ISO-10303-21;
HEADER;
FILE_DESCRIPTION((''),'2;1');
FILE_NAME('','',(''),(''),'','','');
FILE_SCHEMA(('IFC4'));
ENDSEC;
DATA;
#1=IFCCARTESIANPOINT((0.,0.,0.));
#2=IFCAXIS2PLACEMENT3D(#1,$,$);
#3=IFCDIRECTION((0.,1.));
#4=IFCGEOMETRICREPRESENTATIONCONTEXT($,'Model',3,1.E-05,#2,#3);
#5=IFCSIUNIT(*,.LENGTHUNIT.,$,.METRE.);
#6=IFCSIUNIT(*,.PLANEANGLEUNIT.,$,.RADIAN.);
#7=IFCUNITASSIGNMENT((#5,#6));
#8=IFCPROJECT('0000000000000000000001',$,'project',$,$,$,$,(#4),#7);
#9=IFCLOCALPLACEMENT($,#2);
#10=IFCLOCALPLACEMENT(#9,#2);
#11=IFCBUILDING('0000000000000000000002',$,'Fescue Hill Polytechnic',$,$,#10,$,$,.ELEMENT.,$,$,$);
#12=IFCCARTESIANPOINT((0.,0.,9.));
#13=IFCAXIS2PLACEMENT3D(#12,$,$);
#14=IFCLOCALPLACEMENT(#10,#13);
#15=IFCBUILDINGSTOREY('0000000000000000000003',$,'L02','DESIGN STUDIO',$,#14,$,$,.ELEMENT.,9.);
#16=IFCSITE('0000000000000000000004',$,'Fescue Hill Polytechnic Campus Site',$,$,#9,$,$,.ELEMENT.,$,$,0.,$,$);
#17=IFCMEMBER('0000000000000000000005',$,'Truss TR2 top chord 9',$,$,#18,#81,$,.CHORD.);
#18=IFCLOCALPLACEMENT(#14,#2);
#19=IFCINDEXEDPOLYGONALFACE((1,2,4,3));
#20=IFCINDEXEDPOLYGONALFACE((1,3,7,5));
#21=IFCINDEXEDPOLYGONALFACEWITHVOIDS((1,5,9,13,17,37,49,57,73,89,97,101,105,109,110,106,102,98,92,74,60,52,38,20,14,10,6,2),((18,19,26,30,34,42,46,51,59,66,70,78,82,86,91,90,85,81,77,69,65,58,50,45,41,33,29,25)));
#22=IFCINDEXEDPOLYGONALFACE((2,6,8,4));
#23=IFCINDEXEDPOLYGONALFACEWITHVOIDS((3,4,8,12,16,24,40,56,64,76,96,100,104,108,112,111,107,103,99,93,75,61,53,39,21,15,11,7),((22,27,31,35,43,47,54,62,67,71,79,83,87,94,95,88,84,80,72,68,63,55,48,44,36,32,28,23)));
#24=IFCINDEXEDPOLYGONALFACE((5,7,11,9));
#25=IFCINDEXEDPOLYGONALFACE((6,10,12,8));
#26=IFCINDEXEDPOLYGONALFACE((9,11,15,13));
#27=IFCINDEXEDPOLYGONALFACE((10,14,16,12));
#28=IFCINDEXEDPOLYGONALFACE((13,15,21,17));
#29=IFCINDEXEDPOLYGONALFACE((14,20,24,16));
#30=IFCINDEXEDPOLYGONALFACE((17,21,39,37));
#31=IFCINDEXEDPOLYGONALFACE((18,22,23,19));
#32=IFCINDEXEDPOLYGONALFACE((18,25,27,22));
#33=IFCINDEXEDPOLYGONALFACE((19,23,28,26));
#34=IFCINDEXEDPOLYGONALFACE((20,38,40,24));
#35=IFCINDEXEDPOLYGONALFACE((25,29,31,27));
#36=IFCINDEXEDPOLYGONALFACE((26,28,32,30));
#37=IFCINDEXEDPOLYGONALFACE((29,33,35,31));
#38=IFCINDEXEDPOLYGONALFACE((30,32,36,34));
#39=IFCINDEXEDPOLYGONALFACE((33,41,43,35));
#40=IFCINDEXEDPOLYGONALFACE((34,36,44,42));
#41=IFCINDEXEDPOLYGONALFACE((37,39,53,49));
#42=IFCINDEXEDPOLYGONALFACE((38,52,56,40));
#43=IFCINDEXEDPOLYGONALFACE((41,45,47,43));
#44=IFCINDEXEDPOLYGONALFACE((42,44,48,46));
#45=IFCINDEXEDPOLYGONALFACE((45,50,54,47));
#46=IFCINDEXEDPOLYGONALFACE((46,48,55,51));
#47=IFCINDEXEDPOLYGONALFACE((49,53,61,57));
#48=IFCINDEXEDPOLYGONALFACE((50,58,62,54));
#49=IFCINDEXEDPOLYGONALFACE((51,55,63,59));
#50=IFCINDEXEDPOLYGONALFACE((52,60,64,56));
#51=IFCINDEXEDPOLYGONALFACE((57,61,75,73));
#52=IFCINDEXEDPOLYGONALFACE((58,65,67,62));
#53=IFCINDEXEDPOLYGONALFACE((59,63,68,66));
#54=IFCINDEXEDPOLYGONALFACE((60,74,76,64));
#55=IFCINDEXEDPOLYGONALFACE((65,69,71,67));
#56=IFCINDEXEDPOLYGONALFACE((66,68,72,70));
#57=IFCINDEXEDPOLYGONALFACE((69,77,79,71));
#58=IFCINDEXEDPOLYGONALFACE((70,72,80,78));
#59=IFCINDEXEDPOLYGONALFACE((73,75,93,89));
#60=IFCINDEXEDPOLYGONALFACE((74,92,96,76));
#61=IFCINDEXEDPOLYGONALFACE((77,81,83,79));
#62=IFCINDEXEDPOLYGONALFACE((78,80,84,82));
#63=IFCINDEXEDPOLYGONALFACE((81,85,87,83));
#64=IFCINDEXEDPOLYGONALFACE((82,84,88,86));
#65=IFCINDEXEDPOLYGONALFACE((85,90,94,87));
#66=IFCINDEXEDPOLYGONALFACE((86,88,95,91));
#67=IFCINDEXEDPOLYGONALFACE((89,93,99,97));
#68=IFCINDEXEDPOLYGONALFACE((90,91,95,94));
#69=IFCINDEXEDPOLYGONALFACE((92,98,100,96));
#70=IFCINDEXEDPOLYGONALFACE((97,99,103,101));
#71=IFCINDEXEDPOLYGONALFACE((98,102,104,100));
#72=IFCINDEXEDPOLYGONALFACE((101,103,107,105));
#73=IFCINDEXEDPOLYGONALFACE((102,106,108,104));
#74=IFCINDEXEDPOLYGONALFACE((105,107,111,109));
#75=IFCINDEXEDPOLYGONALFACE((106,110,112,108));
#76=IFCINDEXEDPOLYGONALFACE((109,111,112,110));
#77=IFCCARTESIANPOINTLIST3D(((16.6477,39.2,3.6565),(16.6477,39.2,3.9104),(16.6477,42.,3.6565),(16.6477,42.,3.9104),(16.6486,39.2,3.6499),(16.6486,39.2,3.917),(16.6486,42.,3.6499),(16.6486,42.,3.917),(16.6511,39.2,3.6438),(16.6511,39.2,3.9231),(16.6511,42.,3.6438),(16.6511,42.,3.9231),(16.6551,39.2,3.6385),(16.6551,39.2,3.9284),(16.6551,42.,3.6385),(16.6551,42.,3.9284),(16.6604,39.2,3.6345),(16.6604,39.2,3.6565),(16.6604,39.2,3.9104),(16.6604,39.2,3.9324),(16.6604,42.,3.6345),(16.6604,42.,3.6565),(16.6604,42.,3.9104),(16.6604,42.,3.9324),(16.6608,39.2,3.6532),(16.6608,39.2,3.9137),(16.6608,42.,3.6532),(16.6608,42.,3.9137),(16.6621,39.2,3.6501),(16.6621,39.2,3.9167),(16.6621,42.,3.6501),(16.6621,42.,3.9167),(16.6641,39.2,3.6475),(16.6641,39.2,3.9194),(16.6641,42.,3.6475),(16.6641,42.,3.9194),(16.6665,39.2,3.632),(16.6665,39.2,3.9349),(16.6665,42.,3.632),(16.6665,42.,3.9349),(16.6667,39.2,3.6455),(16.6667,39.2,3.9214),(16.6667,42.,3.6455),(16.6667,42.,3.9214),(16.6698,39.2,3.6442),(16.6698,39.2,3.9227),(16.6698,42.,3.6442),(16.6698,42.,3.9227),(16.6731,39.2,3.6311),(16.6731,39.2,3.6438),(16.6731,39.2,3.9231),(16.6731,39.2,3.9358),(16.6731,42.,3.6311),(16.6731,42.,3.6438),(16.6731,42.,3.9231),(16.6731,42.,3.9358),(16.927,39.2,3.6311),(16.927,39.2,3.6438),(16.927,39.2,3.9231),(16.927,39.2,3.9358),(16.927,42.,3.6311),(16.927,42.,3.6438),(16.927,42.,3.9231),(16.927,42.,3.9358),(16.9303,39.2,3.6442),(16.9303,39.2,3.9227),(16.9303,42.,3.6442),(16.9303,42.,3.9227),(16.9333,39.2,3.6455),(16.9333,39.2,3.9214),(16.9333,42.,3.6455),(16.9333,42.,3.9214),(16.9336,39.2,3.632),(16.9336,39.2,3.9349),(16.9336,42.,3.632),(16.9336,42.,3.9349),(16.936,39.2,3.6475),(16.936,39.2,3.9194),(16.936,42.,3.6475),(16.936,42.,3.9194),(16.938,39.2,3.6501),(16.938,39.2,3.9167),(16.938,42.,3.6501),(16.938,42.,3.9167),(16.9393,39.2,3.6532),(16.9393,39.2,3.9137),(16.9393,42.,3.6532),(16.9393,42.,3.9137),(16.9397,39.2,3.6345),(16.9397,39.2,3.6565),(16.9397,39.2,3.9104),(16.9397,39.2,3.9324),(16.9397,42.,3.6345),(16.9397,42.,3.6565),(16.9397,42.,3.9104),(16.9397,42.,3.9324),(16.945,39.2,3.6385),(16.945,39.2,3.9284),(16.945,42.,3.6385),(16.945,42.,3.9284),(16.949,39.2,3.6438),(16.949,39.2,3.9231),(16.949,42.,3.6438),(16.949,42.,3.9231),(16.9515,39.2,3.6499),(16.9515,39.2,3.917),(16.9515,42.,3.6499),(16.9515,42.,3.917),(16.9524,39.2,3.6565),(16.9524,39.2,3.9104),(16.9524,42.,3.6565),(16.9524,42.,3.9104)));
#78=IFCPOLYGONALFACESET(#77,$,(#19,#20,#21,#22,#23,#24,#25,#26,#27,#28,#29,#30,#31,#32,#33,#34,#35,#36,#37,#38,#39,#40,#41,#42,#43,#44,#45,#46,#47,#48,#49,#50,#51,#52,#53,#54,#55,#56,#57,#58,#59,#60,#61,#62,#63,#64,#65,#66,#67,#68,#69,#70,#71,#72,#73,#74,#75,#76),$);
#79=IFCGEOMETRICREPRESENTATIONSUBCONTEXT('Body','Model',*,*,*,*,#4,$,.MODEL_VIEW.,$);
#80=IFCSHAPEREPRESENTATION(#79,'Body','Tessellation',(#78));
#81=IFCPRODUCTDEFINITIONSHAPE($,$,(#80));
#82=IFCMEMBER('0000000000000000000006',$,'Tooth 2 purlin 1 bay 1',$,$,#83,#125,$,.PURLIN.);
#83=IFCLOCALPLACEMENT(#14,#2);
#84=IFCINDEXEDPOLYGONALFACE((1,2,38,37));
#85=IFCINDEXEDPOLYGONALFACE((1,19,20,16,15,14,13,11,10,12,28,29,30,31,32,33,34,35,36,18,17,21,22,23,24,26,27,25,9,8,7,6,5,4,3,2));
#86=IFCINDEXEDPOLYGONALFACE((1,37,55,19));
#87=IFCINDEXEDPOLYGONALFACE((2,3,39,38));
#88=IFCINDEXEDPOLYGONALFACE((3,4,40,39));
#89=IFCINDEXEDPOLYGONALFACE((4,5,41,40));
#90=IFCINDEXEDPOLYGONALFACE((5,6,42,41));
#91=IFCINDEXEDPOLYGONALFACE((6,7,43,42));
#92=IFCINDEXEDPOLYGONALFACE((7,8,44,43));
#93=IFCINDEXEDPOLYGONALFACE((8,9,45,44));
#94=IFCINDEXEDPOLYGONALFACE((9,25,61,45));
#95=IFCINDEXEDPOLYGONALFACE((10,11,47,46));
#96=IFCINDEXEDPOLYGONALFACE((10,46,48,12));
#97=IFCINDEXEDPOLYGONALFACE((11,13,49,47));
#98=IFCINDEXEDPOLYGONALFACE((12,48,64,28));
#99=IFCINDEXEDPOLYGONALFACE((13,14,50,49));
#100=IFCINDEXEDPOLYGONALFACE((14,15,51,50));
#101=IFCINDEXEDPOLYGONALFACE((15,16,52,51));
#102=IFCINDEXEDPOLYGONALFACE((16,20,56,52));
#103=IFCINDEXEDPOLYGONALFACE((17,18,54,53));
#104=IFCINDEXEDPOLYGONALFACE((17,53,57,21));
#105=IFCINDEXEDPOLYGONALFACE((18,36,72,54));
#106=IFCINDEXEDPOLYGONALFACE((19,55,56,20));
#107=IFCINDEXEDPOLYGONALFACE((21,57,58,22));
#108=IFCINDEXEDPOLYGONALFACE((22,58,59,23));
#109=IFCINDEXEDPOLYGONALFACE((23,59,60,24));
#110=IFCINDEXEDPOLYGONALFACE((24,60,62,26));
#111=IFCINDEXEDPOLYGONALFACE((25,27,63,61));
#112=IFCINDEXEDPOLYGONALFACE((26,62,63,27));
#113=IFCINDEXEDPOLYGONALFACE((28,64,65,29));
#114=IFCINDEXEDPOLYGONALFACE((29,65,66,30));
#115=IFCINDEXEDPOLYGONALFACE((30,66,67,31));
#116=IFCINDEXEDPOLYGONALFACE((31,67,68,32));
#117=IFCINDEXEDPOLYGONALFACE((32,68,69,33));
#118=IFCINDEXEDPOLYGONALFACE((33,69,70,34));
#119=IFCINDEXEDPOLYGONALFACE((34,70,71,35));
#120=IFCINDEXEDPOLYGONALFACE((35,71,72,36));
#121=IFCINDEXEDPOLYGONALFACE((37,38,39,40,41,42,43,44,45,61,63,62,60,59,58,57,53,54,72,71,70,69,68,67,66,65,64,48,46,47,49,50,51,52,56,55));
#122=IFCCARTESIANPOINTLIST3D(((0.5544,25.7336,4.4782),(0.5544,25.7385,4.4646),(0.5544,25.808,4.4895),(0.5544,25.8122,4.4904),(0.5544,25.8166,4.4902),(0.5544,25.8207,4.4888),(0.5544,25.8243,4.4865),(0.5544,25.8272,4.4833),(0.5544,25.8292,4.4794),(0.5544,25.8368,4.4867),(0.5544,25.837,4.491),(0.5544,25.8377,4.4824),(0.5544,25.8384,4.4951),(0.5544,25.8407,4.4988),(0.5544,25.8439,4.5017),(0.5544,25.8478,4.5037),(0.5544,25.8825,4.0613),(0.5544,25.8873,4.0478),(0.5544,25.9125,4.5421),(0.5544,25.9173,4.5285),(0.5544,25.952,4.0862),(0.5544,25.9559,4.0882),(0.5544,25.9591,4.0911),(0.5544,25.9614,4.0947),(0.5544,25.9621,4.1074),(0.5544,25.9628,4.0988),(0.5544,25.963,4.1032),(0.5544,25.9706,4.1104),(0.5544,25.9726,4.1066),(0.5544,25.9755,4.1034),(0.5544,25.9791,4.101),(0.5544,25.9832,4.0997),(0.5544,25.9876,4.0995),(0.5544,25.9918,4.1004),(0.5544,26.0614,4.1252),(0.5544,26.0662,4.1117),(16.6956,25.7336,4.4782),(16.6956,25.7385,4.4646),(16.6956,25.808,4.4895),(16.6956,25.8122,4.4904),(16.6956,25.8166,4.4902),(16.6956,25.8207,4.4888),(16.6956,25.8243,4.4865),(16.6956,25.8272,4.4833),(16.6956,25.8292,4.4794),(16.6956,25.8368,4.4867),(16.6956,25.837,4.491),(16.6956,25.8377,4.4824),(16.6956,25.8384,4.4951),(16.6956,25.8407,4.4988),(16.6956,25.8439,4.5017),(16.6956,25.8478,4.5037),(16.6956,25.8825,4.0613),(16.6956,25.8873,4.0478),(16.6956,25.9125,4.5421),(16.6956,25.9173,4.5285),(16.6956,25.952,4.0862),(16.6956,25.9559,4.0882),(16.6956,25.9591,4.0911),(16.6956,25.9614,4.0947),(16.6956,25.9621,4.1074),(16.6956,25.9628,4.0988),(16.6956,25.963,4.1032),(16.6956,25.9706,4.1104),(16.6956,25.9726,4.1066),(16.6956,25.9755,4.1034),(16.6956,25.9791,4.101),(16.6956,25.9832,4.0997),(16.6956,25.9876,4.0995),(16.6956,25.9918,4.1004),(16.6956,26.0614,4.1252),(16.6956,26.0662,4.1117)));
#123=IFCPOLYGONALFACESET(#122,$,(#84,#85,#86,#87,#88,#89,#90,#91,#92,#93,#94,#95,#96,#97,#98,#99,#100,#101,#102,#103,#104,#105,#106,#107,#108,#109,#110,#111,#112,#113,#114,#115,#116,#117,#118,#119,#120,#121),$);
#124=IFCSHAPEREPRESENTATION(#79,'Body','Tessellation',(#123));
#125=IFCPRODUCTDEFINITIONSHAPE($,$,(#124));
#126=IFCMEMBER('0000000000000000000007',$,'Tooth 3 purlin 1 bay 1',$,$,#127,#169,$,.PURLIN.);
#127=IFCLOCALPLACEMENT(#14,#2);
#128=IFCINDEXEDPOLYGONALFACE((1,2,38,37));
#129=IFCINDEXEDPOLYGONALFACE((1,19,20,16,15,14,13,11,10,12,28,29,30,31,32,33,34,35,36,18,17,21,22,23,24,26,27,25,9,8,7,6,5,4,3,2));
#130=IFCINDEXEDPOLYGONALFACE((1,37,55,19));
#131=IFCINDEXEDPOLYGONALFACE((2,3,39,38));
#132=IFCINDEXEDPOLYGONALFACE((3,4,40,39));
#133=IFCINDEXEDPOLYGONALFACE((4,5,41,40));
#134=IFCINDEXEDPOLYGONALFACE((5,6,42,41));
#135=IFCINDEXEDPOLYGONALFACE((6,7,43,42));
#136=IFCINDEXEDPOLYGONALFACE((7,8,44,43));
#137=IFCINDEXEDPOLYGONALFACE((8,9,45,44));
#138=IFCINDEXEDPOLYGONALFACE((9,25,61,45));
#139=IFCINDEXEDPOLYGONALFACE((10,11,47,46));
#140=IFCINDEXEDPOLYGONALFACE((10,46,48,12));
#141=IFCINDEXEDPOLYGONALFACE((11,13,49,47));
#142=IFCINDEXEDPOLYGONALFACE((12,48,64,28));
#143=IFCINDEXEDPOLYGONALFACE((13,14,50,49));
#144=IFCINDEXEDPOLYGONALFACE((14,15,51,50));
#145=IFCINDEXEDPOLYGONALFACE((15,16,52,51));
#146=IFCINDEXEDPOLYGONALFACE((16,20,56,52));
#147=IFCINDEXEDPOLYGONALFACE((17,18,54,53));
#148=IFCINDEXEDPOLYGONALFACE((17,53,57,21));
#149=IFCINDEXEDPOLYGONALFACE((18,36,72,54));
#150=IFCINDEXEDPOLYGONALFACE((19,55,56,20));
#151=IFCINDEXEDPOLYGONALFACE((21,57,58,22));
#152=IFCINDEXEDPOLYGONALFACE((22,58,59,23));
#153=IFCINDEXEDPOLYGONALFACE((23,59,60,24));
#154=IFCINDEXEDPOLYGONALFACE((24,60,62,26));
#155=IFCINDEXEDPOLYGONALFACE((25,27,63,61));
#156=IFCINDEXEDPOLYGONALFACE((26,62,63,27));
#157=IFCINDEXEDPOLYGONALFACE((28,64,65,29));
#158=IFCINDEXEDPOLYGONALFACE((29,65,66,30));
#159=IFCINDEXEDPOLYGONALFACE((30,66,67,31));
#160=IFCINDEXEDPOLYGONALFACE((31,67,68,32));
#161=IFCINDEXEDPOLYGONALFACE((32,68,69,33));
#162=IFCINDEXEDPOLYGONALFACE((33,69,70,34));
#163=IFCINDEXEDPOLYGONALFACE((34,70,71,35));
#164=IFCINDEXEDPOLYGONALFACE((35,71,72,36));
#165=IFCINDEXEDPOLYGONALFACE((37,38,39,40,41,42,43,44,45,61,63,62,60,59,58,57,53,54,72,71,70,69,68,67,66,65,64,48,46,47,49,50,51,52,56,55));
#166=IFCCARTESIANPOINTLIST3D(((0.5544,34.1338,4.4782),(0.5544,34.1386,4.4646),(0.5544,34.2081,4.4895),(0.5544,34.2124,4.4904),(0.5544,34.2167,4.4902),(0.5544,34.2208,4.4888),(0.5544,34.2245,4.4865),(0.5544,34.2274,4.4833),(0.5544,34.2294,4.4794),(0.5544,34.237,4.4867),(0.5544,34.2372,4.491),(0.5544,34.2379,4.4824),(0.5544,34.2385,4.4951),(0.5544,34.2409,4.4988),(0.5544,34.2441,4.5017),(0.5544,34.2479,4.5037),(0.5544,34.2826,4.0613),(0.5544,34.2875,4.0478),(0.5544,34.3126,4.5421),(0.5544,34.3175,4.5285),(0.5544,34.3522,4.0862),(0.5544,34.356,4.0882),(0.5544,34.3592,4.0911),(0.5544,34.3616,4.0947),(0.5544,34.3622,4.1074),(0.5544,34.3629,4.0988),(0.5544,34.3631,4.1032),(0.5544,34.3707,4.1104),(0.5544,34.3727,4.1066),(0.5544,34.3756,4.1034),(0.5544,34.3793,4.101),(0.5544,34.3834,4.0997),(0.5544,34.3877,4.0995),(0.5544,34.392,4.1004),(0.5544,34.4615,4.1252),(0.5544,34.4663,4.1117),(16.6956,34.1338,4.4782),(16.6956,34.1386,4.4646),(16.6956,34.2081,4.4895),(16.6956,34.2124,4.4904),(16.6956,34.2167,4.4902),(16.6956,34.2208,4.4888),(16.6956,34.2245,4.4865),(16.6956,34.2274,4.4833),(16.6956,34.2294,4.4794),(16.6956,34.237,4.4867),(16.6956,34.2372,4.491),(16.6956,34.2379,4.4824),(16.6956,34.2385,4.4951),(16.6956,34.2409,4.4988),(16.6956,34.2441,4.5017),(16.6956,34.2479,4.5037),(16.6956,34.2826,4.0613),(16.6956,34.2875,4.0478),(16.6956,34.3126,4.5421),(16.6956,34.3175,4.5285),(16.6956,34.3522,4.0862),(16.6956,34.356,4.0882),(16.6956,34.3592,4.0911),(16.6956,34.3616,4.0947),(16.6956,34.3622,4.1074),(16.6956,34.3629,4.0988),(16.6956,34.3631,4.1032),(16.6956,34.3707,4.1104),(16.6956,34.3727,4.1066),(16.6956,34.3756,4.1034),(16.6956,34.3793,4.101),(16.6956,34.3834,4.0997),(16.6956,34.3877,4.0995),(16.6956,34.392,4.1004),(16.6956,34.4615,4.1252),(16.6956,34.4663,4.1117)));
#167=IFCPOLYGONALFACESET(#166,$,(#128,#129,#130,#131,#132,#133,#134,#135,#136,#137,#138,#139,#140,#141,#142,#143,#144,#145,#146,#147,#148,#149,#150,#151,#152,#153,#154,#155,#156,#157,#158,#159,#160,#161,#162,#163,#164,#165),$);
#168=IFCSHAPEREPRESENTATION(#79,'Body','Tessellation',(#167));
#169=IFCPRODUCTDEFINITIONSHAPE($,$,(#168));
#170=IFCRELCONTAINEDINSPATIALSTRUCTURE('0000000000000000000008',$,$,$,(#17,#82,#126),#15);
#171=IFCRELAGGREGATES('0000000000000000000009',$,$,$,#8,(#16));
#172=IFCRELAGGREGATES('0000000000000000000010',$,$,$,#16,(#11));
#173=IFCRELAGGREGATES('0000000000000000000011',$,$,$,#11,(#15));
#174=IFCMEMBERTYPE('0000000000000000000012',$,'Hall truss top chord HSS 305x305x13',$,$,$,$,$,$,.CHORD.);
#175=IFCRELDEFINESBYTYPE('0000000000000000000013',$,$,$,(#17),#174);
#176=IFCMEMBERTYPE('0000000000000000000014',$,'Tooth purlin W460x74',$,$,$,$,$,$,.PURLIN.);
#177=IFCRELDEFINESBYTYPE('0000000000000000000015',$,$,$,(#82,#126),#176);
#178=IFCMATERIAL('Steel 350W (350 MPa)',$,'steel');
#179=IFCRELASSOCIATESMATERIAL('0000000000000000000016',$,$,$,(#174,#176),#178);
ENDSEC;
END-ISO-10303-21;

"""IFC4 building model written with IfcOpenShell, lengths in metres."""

from ifc_helpers import new_model, si_unit, direction, frame, origin, origin_2d, place, context, subcontext, project, spatial, hollow_rectangle, i_section, extrude, material, material_profile, profile_set, type_object, element, save


model = new_model("IFC4")

# Units and contexts
model_context = context("Model", 3, precision=1e-05, world=origin(), true_north=direction((0.0, 1.0)))
body_context = subcontext(model_context, "Body", "Model", "MODEL_VIEW")
ifc_project = project(units=[si_unit("LENGTHUNIT", "METRE"), si_unit("PLANEANGLEUNIT", "RADIAN")], contexts=[model_context])

# Site, building, storey
site_placement = place(None, origin())
site = spatial("IfcSite", under=ifc_project, at=site_placement, Name="Fescue Hill Polytechnic Campus Site", CompositionType="ELEMENT", RefElevation=0.0)
building_placement = place(site_placement, origin())
building = spatial("IfcBuilding", under=site, at=building_placement, Name="Fescue Hill Polytechnic", CompositionType="ELEMENT")
storey_placement = place(building_placement, frame((0.0, 0.0, 9.0)))
storey = spatial("IfcBuildingStorey", under=building, at=storey_placement, Name="L02", Description="DESIGN STUDIO", CompositionType="ELEMENT", Elevation=9.0)

# Members
ifc_material = material(Name="Steel 350W (350 MPa)", Category="steel")
ifc_material_profile_1 = material_profile(ifc_material, hollow_rectangle(XDim=0.3047, YDim=0.3047, WallThickness=0.0127, InnerFilletRadius=0.0127, OuterFilletRadius=0.0254, at=origin_2d()), Name="Hall truss top chord HSS 305x305x13")
ifc_profile_set_1 = profile_set([ifc_material_profile_1], Name="Steel 350W (350 MPa)")
member_type_1 = type_object("IfcMemberType", Name="Hall truss top chord HSS 305x305x13", PredefinedType="CHORD", material=ifc_profile_set_1)
for number, where, z_axis, x_axis, name in (
    (1, (16.8, 39.2, 3.7834), (0.0, 1.0, 0.0), (-1.0, 0.0, 0.0), "Truss TR2 top chord 9"),
):
    element("IfcMember", number, at=place(storey_placement, frame(where, z_axis=z_axis, x_axis=x_axis)), inside=storey, type_object=member_type_1, Name=name, PredefinedType="CHORD", context=body_context, shape_type="SweptSolid", body=[
        extrude(hollow_rectangle(XDim=0.3047, YDim=0.3047, WallThickness=0.0127, InnerFilletRadius=0.0127, OuterFilletRadius=0.0254, at=origin_2d()), origin(), (0.0, 0.0, 1.0), 2.8),
    ])
ifc_material_profile_2 = material_profile(ifc_material, i_section(OverallWidth=0.1899, OverallDepth=0.457, WebThickness=0.009, FlangeThickness=0.0144, FilletRadius=0.0166, at=origin_2d()), Name="W460x74")
ifc_profile_set_2 = profile_set([ifc_material_profile_2], Name="Steel 350W (350 MPa)")
member_type_2 = type_object("IfcMemberType", Name="Tooth purlin W460x74", PredefinedType="PURLIN", material=ifc_profile_set_2)
for number, where, z_axis, x_axis, name in (
    (2, (0.5544, 25.8999, 4.2949), (1.0, 0.0, 0.0), (0.0, 0.941742, 0.336336), "Tooth 2 purlin 1 bay 1"),
    (3, (0.5544, 34.3, 4.2949), (1.0, 0.0, 0.0), (0.0, 0.941742, 0.336336), "Tooth 3 purlin 1 bay 1"),
):
    element("IfcMember", number, at=place(storey_placement, frame(where, z_axis=z_axis, x_axis=x_axis)), inside=storey, type_object=member_type_2, Name=name, PredefinedType="PURLIN", context=body_context, shape_type="SweptSolid", body=[
        extrude(i_section(OverallWidth=0.1899, OverallDepth=0.457, WebThickness=0.009, FlangeThickness=0.0144, FilletRadius=0.0166, at=origin_2d()), origin(), (0.0, 0.0, 1.0), 16.1411),
    ])

save(model, "model.ifc")
